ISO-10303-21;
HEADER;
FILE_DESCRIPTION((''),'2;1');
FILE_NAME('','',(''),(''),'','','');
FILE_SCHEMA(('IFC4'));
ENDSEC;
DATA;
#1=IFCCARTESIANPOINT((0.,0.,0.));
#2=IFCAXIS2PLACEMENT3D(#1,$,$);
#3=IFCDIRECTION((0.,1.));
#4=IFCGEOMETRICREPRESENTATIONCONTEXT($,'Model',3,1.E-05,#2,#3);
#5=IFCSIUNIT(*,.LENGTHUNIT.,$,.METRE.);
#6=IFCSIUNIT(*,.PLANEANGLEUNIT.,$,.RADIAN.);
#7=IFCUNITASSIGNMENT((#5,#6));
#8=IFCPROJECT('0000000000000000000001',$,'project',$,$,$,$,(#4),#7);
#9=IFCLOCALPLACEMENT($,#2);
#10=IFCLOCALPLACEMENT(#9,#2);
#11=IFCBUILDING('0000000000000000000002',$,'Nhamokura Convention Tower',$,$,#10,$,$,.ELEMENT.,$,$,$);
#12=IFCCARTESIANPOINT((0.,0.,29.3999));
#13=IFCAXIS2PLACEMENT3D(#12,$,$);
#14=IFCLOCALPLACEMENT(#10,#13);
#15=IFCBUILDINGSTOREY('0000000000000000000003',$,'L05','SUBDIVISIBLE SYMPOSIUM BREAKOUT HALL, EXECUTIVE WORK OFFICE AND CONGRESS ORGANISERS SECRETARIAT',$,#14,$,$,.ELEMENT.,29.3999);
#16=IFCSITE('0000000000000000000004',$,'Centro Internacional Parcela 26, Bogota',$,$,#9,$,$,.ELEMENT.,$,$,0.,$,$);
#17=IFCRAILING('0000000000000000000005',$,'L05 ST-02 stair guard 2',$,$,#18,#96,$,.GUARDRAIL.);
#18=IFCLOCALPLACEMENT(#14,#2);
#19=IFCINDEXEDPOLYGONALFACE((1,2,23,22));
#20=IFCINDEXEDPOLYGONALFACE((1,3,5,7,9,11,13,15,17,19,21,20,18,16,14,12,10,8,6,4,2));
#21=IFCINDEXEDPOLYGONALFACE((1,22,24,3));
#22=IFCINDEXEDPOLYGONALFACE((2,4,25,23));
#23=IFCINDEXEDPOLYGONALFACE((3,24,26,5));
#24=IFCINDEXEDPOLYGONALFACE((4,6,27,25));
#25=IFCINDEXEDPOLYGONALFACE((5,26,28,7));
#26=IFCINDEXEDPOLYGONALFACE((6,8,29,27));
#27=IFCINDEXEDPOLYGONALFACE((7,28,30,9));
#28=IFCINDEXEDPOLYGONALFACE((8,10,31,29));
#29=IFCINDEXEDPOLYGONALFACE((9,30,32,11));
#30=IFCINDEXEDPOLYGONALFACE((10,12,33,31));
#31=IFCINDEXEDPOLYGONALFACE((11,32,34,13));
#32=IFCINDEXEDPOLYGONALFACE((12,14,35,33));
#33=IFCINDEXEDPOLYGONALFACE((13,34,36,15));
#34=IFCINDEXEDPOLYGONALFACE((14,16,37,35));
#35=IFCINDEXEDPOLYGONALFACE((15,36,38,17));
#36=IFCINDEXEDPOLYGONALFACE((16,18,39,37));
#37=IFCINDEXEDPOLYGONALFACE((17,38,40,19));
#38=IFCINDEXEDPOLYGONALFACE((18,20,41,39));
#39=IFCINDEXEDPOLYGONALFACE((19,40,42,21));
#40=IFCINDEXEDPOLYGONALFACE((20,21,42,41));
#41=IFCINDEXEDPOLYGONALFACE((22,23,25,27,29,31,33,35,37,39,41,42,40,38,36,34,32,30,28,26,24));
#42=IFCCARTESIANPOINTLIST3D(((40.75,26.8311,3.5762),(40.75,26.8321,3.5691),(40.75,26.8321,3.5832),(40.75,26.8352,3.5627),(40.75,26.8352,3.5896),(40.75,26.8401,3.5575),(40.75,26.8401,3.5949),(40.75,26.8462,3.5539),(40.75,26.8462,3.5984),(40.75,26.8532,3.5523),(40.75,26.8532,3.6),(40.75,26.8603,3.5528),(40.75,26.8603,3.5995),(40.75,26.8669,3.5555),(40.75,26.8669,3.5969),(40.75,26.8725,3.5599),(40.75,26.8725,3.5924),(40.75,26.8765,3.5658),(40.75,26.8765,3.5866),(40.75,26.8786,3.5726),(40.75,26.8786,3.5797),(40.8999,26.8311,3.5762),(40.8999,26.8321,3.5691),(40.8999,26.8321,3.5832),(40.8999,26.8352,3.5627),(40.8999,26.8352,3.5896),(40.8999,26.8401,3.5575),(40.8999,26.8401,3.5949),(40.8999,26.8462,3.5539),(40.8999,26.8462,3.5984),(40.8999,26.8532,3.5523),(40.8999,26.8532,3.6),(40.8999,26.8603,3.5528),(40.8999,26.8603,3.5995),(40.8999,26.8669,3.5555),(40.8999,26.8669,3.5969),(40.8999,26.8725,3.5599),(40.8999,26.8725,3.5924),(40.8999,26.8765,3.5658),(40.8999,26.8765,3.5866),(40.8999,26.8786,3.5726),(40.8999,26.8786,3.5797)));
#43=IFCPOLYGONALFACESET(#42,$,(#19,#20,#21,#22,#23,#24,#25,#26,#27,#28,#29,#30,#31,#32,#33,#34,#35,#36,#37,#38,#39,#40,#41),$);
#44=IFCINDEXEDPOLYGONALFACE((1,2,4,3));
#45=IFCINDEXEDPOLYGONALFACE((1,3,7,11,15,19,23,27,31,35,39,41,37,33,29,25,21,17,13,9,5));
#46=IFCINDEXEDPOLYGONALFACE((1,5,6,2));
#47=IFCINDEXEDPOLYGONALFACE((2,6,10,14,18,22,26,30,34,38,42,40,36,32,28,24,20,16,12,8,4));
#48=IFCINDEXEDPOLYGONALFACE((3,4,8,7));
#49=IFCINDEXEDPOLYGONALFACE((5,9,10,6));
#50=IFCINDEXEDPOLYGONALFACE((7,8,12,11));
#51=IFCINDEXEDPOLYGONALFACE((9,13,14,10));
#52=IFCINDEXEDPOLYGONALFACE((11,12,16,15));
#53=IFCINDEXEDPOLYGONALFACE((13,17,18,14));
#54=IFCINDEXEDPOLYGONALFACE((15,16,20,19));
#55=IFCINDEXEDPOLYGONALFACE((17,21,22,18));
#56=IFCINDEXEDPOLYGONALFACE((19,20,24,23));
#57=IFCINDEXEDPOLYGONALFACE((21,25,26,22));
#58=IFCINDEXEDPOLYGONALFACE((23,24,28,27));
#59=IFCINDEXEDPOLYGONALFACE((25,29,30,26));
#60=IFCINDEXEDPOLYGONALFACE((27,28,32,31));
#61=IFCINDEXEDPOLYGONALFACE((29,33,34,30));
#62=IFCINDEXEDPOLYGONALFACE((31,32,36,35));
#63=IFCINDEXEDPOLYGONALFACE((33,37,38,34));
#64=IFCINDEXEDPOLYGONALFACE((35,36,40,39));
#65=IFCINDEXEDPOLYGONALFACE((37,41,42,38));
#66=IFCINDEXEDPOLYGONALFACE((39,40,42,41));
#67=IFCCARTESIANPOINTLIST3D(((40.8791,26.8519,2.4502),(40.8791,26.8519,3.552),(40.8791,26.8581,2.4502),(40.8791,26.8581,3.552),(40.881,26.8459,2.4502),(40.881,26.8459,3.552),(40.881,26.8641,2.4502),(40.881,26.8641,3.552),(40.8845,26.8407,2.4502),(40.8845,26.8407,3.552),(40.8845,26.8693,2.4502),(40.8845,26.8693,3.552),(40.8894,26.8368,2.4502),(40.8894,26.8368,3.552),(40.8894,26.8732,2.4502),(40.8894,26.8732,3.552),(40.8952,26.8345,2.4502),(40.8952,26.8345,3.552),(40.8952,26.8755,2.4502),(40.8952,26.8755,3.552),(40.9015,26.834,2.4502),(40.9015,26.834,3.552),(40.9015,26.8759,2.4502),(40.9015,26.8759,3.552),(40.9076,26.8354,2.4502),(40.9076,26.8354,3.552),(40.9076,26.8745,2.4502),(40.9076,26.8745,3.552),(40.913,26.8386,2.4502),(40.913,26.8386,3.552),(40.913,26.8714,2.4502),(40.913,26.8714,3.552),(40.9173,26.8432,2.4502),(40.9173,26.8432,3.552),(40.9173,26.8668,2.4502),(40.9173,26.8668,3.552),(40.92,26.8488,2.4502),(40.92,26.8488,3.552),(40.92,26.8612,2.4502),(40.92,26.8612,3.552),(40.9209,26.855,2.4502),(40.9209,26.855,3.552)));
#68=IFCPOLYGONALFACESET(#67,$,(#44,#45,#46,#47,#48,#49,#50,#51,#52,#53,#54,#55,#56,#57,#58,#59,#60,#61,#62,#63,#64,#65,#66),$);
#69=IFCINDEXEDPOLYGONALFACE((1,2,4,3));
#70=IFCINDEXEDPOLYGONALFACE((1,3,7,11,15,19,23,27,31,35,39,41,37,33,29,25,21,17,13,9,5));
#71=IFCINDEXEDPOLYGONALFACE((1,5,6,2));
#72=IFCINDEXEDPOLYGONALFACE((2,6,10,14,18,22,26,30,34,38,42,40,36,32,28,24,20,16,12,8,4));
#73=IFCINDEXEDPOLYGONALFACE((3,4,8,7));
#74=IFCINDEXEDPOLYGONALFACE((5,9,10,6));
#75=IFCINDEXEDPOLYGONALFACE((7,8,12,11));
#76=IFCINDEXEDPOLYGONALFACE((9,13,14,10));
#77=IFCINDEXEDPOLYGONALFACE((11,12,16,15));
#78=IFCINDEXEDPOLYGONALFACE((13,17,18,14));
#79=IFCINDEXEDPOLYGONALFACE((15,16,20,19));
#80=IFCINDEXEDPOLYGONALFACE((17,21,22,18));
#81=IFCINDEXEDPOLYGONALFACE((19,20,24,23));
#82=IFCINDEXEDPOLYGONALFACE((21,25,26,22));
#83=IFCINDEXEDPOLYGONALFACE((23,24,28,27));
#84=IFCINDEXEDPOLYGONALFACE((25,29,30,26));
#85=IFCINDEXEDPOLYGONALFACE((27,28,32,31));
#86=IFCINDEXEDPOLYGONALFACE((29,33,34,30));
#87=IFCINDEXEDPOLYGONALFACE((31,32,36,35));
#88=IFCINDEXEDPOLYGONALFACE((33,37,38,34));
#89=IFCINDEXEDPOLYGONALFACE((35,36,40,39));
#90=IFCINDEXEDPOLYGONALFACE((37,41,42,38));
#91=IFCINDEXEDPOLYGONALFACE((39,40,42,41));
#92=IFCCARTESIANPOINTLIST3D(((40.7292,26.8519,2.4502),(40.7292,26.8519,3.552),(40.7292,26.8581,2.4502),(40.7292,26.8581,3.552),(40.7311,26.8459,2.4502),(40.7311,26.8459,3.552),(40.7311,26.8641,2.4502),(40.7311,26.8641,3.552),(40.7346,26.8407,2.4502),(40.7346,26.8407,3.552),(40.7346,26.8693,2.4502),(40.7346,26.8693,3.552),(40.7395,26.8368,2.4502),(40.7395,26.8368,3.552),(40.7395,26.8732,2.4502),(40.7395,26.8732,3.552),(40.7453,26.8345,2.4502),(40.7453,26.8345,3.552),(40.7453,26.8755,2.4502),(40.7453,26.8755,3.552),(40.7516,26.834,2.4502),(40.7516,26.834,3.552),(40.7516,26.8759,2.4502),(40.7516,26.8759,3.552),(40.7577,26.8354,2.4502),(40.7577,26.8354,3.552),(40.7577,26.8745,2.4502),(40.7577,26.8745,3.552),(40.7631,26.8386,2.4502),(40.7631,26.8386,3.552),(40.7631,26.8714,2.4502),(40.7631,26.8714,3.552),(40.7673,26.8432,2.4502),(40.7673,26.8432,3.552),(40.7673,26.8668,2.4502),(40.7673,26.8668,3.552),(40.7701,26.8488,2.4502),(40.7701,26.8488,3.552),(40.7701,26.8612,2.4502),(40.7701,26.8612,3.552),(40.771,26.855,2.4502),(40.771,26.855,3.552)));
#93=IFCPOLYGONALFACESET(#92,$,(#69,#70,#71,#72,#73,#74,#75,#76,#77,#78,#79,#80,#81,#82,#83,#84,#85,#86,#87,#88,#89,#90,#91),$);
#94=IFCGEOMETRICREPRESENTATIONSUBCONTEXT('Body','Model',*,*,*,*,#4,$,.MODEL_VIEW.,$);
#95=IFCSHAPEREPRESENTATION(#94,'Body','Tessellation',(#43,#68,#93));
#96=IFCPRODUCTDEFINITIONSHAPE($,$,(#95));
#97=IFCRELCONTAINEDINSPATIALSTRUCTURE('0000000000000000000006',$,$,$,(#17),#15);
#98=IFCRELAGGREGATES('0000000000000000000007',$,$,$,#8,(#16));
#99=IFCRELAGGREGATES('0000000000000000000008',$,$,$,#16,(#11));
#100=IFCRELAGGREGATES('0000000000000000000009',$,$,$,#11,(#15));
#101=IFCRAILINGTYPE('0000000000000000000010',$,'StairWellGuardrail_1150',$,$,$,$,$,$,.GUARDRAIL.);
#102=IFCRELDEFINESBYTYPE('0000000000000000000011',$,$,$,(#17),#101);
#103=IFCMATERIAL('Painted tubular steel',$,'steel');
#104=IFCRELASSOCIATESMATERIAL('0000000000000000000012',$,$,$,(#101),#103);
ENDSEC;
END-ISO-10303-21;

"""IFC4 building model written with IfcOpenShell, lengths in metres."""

from ifc_helpers import new_model, si_unit, direction, frame, origin, origin_2d, place, context, subcontext, project, spatial, circle, extrude, material, type_object, element, save


model = new_model("IFC4")

# Units and contexts
model_context = context("Model", 3, precision=1e-05, world=origin(), true_north=direction((0.0, 1.0)))
body_context = subcontext(model_context, "Body", "Model", "MODEL_VIEW")
ifc_project = project(units=[si_unit("LENGTHUNIT", "METRE"), si_unit("PLANEANGLEUNIT", "RADIAN")], contexts=[model_context])

# Site, building, storey
site_placement = place(None, origin())
site = spatial("IfcSite", under=ifc_project, at=site_placement, Name="Centro Internacional Parcela 26, Bogota", CompositionType="ELEMENT", RefElevation=0.0)
building_placement = place(site_placement, origin())
building = spatial("IfcBuilding", under=site, at=building_placement, Name="Nhamokura Convention Tower", CompositionType="ELEMENT")
storey_placement = place(building_placement, frame((0.0, 0.0, 29.3999)))
storey = spatial("IfcBuildingStorey", under=building, at=storey_placement, Name="L05", Description="SUBDIVISIBLE SYMPOSIUM BREAKOUT HALL, EXECUTIVE WORK OFFICE AND CONGRESS ORGANISERS SECRETARIAT", CompositionType="ELEMENT", Elevation=29.3999)

# Railing
ifc_material_1 = material(Name="Painted tubular steel", Category="steel")
railing_type_1 = type_object("IfcRailingType", Name="StairWellGuardrail_1150", PredefinedType="GUARDRAIL", material=ifc_material_1)
railing_1_placement = place(storey_placement, frame((40.8999, 26.855, 2.4502)))
element("IfcRailing", 1, at=railing_1_placement, inside=storey, type_object=railing_type_1, Name="L05 ST-02 stair guard 2", PredefinedType="GUARDRAIL", context=body_context, shape_type="SweptSolid", body=[
    extrude(circle(Radius=0.0239, at=origin_2d()), frame((0.0, 0.0, 1.126), z_axis=(-1.0, 0.0, 0.0), x_axis=(0.0, -1.0, 0.0)), (0.0, 0.0, 1.0), 0.1499),
    extrude(circle(Radius=0.021, at=origin_2d()), origin(), (0.0, 0.0, 1.0), 1.1018),
    extrude(circle(Radius=0.021, at=origin_2d()), frame((-0.1499, 0.0, 0.0)), (0.0, 0.0, 1.0), 1.1018),
])

save(model, "model.ifc")
